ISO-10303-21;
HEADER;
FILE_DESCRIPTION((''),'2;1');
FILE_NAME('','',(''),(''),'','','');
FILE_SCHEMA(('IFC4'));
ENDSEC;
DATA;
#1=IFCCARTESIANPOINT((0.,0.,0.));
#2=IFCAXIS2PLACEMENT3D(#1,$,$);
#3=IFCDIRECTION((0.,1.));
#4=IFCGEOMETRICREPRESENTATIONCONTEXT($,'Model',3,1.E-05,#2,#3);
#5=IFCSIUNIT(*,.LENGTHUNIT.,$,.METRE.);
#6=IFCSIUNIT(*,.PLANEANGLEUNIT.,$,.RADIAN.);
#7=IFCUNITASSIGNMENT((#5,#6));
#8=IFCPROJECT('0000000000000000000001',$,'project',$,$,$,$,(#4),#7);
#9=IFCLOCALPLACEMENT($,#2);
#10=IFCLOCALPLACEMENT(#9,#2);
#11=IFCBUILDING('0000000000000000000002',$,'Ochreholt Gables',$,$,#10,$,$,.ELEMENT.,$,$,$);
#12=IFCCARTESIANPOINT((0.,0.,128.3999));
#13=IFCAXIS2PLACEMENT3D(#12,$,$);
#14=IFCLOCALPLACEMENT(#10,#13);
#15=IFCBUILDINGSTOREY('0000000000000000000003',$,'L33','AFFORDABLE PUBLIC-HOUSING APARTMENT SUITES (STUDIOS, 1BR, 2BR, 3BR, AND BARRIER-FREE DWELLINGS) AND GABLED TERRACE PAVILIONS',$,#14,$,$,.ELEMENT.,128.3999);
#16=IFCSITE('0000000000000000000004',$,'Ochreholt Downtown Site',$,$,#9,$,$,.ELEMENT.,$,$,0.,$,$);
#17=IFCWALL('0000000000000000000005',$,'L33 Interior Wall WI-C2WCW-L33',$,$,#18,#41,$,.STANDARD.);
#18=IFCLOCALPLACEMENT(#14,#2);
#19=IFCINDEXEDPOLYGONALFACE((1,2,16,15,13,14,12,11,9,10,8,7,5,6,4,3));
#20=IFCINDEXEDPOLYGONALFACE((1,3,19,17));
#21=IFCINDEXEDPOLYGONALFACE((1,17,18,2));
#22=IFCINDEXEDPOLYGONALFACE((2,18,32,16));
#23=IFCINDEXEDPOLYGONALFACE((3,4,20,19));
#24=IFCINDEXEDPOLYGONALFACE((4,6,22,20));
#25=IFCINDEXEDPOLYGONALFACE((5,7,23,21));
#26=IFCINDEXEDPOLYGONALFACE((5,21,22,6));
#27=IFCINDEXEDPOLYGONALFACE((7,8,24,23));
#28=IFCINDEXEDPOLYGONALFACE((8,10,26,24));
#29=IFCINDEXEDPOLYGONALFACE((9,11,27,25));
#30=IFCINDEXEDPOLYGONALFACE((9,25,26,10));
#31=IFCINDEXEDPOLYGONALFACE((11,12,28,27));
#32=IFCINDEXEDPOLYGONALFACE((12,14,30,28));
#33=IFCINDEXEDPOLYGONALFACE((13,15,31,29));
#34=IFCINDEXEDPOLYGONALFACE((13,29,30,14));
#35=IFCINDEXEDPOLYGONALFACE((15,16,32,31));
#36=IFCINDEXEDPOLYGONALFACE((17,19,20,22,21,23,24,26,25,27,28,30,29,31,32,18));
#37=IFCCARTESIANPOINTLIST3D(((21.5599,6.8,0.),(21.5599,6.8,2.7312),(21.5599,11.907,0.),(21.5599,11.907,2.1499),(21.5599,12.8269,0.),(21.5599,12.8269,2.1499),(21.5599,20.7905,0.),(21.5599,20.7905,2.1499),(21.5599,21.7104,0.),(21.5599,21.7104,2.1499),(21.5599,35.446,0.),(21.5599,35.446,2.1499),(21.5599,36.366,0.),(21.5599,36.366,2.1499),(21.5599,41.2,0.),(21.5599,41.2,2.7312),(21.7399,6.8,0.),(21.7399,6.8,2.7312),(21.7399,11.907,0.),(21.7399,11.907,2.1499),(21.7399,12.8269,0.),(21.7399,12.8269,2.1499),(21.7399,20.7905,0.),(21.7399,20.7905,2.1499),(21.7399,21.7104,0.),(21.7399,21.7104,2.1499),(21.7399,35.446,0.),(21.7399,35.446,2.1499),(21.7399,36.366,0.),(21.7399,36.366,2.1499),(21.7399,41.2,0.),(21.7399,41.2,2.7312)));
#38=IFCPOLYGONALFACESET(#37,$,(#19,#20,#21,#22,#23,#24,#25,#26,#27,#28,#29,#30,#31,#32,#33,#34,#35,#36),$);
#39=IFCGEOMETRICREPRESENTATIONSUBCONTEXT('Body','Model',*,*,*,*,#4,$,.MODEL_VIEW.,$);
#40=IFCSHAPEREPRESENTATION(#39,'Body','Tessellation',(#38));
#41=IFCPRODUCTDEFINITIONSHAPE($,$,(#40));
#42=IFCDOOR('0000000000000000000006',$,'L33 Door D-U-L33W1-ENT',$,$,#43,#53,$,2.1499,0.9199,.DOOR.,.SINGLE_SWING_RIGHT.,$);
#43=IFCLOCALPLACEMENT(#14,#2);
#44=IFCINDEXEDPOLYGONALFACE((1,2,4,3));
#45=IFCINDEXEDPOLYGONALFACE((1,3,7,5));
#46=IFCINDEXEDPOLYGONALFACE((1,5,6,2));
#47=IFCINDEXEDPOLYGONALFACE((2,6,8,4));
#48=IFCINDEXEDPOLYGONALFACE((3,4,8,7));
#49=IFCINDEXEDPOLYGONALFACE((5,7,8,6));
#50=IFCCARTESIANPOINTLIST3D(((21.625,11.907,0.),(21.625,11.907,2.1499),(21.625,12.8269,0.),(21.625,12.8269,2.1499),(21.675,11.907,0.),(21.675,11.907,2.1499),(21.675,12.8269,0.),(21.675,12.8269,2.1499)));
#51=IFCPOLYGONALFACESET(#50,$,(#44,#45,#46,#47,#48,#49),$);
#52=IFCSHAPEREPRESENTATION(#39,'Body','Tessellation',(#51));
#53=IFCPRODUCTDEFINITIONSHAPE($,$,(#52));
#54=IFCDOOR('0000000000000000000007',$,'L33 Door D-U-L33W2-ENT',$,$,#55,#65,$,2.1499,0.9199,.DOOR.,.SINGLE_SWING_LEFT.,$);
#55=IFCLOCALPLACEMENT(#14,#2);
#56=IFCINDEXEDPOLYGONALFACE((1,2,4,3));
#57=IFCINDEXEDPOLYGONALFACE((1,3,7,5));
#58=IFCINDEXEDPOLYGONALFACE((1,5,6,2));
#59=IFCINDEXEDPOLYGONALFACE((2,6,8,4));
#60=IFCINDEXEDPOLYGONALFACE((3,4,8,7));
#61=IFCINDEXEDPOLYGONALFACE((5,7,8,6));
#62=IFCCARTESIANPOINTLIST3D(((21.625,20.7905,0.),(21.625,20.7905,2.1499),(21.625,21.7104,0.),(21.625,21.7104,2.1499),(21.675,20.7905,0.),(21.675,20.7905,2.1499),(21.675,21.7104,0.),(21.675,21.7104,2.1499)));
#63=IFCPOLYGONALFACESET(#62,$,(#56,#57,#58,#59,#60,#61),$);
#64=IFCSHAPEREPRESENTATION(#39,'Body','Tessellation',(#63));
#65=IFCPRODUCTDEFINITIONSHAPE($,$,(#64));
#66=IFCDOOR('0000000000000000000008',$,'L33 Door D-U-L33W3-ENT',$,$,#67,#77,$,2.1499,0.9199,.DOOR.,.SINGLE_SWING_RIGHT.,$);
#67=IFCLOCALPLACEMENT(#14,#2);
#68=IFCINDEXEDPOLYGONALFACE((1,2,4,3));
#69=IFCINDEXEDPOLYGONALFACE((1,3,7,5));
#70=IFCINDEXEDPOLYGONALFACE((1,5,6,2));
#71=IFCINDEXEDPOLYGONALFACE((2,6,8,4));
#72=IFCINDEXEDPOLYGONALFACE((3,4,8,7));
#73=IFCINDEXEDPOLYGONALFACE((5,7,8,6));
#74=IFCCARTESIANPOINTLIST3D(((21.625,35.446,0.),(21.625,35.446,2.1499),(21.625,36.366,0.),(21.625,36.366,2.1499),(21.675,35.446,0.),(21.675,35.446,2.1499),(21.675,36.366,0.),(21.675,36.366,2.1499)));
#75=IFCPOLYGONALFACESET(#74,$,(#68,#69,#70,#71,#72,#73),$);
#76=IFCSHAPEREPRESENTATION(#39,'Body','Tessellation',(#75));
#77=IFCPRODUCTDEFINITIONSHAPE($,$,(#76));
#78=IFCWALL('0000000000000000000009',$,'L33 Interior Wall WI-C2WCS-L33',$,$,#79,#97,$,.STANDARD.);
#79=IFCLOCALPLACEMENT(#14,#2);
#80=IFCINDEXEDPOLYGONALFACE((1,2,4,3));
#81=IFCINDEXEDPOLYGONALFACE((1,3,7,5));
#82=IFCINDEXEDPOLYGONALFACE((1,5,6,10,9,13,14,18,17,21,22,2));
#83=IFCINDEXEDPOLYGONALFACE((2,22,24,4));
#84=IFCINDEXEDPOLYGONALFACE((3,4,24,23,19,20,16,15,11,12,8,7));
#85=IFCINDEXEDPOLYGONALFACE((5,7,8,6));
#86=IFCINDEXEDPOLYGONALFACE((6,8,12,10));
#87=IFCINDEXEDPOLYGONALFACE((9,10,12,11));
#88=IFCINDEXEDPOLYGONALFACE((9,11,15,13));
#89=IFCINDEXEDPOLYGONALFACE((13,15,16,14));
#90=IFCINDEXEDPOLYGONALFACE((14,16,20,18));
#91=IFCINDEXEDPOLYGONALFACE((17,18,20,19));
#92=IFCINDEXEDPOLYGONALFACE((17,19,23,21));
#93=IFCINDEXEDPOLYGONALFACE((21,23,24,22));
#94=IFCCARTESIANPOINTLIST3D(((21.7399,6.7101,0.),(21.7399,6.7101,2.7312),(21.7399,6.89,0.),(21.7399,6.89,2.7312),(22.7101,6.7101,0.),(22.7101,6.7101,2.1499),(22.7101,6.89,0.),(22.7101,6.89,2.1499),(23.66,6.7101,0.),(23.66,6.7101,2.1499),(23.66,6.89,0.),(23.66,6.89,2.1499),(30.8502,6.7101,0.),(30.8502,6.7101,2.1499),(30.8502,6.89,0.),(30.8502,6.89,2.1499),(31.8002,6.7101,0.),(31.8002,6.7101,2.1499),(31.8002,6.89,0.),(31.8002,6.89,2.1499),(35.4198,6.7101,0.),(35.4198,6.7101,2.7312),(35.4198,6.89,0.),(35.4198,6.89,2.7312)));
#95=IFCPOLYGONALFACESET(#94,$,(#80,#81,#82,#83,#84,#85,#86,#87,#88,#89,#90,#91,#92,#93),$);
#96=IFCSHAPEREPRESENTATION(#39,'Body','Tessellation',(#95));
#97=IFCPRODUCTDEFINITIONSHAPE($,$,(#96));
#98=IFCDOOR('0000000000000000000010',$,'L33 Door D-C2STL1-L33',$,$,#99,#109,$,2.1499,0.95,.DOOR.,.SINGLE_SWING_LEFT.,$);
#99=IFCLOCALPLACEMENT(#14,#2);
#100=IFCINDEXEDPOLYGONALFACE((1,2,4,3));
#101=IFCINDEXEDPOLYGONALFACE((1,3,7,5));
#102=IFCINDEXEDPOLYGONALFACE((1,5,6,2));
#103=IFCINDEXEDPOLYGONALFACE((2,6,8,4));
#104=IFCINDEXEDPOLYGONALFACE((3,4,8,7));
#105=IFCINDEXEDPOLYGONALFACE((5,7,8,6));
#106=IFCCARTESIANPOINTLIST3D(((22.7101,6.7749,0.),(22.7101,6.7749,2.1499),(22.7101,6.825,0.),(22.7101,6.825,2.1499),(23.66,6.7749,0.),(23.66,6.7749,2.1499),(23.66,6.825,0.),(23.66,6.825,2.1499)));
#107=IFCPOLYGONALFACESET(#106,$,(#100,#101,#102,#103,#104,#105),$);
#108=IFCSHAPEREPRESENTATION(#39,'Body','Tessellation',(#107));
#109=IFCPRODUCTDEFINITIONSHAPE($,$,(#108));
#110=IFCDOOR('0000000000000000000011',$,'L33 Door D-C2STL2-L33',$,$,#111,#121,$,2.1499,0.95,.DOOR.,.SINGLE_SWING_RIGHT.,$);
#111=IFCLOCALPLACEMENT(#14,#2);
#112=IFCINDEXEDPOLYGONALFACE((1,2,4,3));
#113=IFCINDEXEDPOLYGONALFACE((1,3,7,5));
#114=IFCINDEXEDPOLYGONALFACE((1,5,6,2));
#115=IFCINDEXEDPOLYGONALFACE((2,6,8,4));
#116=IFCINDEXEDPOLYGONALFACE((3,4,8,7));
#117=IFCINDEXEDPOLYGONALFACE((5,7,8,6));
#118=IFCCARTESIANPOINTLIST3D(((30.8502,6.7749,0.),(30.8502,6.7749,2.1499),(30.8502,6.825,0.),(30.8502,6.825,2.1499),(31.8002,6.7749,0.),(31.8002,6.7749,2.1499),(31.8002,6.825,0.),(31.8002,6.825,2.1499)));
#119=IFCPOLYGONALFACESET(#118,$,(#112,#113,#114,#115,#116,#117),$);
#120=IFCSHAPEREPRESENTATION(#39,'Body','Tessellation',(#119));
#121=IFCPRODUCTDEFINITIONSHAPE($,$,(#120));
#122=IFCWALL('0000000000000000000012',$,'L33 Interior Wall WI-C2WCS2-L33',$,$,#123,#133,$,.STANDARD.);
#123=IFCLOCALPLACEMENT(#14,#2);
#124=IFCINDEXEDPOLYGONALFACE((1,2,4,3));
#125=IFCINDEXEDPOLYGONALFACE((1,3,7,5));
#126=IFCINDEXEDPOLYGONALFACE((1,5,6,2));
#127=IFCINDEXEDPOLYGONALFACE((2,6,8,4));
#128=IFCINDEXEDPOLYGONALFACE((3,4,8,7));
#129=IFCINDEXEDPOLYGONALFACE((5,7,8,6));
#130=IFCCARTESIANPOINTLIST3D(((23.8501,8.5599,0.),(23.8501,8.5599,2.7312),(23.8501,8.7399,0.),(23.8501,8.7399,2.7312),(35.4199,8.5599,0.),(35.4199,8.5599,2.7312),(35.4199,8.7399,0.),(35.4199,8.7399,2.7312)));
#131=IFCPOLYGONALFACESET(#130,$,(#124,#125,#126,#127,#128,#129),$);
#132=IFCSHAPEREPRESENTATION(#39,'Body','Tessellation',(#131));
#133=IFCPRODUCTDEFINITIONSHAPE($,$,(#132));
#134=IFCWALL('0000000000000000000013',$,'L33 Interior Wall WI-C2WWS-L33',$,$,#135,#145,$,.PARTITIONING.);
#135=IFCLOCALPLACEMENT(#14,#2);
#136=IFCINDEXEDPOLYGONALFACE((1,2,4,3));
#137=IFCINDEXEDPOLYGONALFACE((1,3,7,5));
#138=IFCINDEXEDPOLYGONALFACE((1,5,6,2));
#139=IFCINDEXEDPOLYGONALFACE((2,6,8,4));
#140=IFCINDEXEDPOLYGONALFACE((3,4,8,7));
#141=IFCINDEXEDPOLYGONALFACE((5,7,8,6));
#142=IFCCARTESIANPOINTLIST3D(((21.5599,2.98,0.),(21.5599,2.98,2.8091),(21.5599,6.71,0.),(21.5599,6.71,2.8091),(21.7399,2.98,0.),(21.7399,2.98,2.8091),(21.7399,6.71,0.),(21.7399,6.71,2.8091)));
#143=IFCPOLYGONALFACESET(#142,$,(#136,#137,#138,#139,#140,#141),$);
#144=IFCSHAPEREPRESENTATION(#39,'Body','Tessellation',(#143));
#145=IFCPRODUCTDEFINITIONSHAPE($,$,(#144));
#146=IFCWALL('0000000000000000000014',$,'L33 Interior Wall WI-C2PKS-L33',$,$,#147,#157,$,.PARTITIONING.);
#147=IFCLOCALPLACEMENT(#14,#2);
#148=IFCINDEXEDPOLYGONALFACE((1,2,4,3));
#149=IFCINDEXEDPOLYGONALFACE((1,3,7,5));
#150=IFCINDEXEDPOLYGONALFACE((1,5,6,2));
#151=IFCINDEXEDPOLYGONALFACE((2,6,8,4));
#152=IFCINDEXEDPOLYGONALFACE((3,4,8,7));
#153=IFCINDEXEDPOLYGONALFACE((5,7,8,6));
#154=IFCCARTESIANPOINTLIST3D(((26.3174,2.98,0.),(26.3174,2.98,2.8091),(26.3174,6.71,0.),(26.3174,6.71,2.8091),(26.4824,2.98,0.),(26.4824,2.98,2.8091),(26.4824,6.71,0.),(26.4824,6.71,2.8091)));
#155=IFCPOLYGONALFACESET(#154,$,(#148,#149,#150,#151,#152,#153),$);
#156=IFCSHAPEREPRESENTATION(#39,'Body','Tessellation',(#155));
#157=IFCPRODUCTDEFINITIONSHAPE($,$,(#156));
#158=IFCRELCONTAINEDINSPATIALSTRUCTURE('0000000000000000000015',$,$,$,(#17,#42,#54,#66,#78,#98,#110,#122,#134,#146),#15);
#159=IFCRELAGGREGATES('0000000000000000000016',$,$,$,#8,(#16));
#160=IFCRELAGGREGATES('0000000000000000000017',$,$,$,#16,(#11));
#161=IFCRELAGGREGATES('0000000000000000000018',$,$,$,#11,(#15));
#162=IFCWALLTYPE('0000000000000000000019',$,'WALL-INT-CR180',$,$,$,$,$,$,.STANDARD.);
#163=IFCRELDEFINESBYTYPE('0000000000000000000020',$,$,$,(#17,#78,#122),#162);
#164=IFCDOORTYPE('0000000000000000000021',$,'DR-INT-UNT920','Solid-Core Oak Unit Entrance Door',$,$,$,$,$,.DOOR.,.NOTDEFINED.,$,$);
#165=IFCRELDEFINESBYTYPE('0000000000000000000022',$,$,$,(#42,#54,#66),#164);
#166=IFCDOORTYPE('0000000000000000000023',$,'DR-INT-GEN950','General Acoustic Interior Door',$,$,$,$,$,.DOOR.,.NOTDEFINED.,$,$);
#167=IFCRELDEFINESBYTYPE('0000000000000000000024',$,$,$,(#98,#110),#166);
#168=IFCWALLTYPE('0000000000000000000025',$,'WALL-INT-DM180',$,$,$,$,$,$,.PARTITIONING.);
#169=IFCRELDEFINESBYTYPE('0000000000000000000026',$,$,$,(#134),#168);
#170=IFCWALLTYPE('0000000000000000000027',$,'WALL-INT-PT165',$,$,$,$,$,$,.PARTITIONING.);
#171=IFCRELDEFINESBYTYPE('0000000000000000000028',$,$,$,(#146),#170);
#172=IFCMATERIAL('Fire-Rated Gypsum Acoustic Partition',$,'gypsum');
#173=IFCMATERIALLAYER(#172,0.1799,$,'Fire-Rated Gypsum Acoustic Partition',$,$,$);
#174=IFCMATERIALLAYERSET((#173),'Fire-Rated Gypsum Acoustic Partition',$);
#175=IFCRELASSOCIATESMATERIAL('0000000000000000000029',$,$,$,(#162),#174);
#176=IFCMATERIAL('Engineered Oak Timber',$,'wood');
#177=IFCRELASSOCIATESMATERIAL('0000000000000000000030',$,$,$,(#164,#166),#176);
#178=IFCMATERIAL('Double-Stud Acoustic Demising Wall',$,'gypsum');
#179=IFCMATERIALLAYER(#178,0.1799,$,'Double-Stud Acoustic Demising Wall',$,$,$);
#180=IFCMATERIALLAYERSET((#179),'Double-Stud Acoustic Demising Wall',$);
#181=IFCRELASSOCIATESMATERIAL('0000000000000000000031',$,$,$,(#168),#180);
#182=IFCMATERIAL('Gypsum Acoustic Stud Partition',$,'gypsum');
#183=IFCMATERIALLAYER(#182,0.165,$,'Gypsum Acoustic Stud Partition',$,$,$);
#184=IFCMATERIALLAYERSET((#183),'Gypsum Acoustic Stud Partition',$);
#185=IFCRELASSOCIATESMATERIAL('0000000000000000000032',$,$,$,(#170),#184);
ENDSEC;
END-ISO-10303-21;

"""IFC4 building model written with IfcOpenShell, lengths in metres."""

from ifc_helpers import new_model, si_unit, direction, frame, frame_2d, origin, place, context, subcontext, project, spatial, rectangle, extrude, material, layer, layer_set, type_object, element, fill, save


model = new_model("IFC4")

# Units and contexts
model_context = context("Model", 3, precision=1e-05, world=origin(), true_north=direction((0.0, 1.0)))
body_context = subcontext(model_context, "Body", "Model", "MODEL_VIEW")
ifc_project = project(units=[si_unit("LENGTHUNIT", "METRE"), si_unit("PLANEANGLEUNIT", "RADIAN")], contexts=[model_context])

# Site, building, storey
site_placement = place(None, origin())
site = spatial("IfcSite", under=ifc_project, at=site_placement, Name="Ochreholt Downtown Site", CompositionType="ELEMENT", RefElevation=0.0)
building_placement = place(site_placement, origin())
building = spatial("IfcBuilding", under=site, at=building_placement, Name="Ochreholt Gables", CompositionType="ELEMENT")
storey_placement = place(building_placement, frame((0.0, 0.0, 128.3999)))
storey = spatial("IfcBuildingStorey", under=building, at=storey_placement, Name="L33", Description="AFFORDABLE PUBLIC-HOUSING APARTMENT SUITES (STUDIOS, 1BR, 2BR, 3BR, AND BARRIER-FREE DWELLINGS) AND GABLED TERRACE PAVILIONS", CompositionType="ELEMENT", Elevation=128.3999)

# Walls, openings, doors
ifc_material_1 = material(Name="Fire-Rated Gypsum Acoustic Partition", Category="gypsum")
ifc_layer_1 = layer(ifc_material_1, 0.1799, Name="Fire-Rated Gypsum Acoustic Partition")
ifc_layer_set_1 = layer_set([ifc_layer_1], Name="Fire-Rated Gypsum Acoustic Partition")
wall_type_1 = type_object("IfcWallType", Name="WALL-INT-CR180", PredefinedType="STANDARD", material=ifc_layer_set_1)
wall_1_placement = place(storey_placement, frame((21.6499, 6.8, 0.0), z_axis=(0.0, 0.0, 1.0), x_axis=(0.0, 1.0, 0.0)))
wall_1 = element("IfcWall", 1, at=wall_1_placement, inside=storey, type_object=wall_type_1, Name="L33 Interior Wall WI-C2WCW-L33", PredefinedType="STANDARD", context=body_context, shape_type="SweptSolid", body=[
    extrude(rectangle(XDim=34.3999, YDim=0.1799, at=frame_2d((17.2, 0.0))), origin(), (0.0, 0.0, 1.0), 2.7312),
])
opening_1_placement = place(wall_1_placement, frame((5.1069, 0.0, 0.0)))
opening_1 = element("IfcOpeningElement", 2, at=opening_1_placement, cuts=wall_1, PredefinedType="OPENING", context=body_context, shape_type="SweptSolid", body=[
    extrude(rectangle(XDim=0.9199, YDim=2.1499, at=frame_2d((0.46, 1.075))), frame((0.0, 0.0999, 0.0), z_axis=(0.0, -1.0, 0.0), x_axis=(1.0, 0.0, 0.0)), (0.0, 0.0, 1.0), 0.2),
])
opening_2_placement = place(wall_1_placement, frame((13.9905, 0.0, 0.0)))
opening_2 = element("IfcOpeningElement", 3, at=opening_2_placement, cuts=wall_1, PredefinedType="OPENING", context=body_context, shape_type="SweptSolid", body=[
    extrude(rectangle(XDim=0.9199, YDim=2.1499, at=frame_2d((0.46, 1.075))), frame((0.0, 0.0999, 0.0), z_axis=(0.0, -1.0, 0.0), x_axis=(1.0, 0.0, 0.0)), (0.0, 0.0, 1.0), 0.2),
])
opening_3_placement = place(wall_1_placement, frame((28.646, 0.0, 0.0)))
opening_3 = element("IfcOpeningElement", 4, at=opening_3_placement, cuts=wall_1, PredefinedType="OPENING", context=body_context, shape_type="SweptSolid", body=[
    extrude(rectangle(XDim=0.9199, YDim=2.1499, at=frame_2d((0.46, 1.075))), frame((0.0, 0.0999, 0.0), z_axis=(0.0, -1.0, 0.0), x_axis=(1.0, 0.0, 0.0)), (0.0, 0.0, 1.0), 0.2),
])
ifc_material_2 = material(Name="Engineered Oak Timber", Category="wood")
door_type_1 = type_object("IfcDoorType", Name="DR-INT-UNT920", Description="Solid-Core Oak Unit Entrance Door", OperationType="NOTDEFINED", PredefinedType="DOOR", material=ifc_material_2)
door_1_placement = place(opening_1_placement, origin())
door_1 = element("IfcDoor", 5, at=door_1_placement, inside=storey, type_object=door_type_1, Name="L33 Door D-U-L33W1-ENT", OperationType="SINGLE_SWING_RIGHT", OverallHeight=2.1499, OverallWidth=0.9199, PredefinedType="DOOR", context=body_context, shape_type="SweptSolid", body=[
    extrude(rectangle(XDim=0.9199, YDim=2.1499, at=frame_2d((0.46, 1.075))), frame((0.0, 0.0249, 0.0), z_axis=(0.0, -1.0, 0.0), x_axis=(1.0, 0.0, 0.0)), (0.0, 0.0, 1.0), 0.05),
])
fill(opening_1, door_1)
door_2_placement = place(opening_2_placement, origin())
door_2 = element("IfcDoor", 6, at=door_2_placement, inside=storey, type_object=door_type_1, Name="L33 Door D-U-L33W2-ENT", OperationType="SINGLE_SWING_LEFT", OverallHeight=2.1499, OverallWidth=0.9199, PredefinedType="DOOR", context=body_context, shape_type="SweptSolid", body=[
    extrude(rectangle(XDim=0.9199, YDim=2.1499, at=frame_2d((0.46, 1.075))), frame((0.0, 0.0249, 0.0), z_axis=(0.0, -1.0, 0.0), x_axis=(1.0, 0.0, 0.0)), (0.0, 0.0, 1.0), 0.05),
])
fill(opening_2, door_2)
door_3_placement = place(opening_3_placement, origin())
door_3 = element("IfcDoor", 7, at=door_3_placement, inside=storey, type_object=door_type_1, Name="L33 Door D-U-L33W3-ENT", OperationType="SINGLE_SWING_RIGHT", OverallHeight=2.1499, OverallWidth=0.9199, PredefinedType="DOOR", context=body_context, shape_type="SweptSolid", body=[
    extrude(rectangle(XDim=0.9199, YDim=2.1499, at=frame_2d((0.46, 1.075))), frame((0.0, 0.0249, 0.0), z_axis=(0.0, -1.0, 0.0), x_axis=(1.0, 0.0, 0.0)), (0.0, 0.0, 1.0), 0.05),
])
fill(opening_3, door_3)
wall_2_placement = place(storey_placement, frame((21.74, 6.8, 0.0), z_axis=(0.0, 0.0, 1.0), x_axis=(1.0, 0.0, 0.0)))
wall_2 = element("IfcWall", 8, at=wall_2_placement, inside=storey, type_object=wall_type_1, Name="L33 Interior Wall WI-C2WCS-L33", PredefinedType="STANDARD", context=body_context, shape_type="SweptSolid", body=[
    extrude(rectangle(XDim=13.6799, YDim=0.1799, at=frame_2d((6.8398, 0.0))), origin(), (0.0, 0.0, 1.0), 2.7312),
])
opening_4_placement = place(wall_2_placement, frame((0.97, 0.0, 0.0)))
opening_4 = element("IfcOpeningElement", 9, at=opening_4_placement, cuts=wall_2, PredefinedType="OPENING", context=body_context, shape_type="SweptSolid", body=[
    extrude(rectangle(XDim=0.95, YDim=2.1499, at=frame_2d((0.4751, 1.075))), frame((0.0, 0.0999, 0.0), z_axis=(0.0, -1.0, 0.0), x_axis=(1.0, 0.0, 0.0)), (0.0, 0.0, 1.0), 0.2),
])
opening_5_placement = place(wall_2_placement, frame((9.1101, 0.0, 0.0)))
opening_5 = element("IfcOpeningElement", 10, at=opening_5_placement, cuts=wall_2, PredefinedType="OPENING", context=body_context, shape_type="SweptSolid", body=[
    extrude(rectangle(XDim=0.95, YDim=2.1499, at=frame_2d((0.4751, 1.075))), frame((0.0, 0.0999, 0.0), z_axis=(0.0, -1.0, 0.0), x_axis=(1.0, 0.0, 0.0)), (0.0, 0.0, 1.0), 0.2),
])
door_type_2 = type_object("IfcDoorType", Name="DR-INT-GEN950", Description="General Acoustic Interior Door", OperationType="NOTDEFINED", PredefinedType="DOOR", material=ifc_material_2)
door_4_placement = place(opening_4_placement, origin())
door_4 = element("IfcDoor", 11, at=door_4_placement, inside=storey, type_object=door_type_2, Name="L33 Door D-C2STL1-L33", OperationType="SINGLE_SWING_LEFT", OverallHeight=2.1499, OverallWidth=0.95, PredefinedType="DOOR", context=body_context, shape_type="SweptSolid", body=[
    extrude(rectangle(XDim=0.95, YDim=2.1499, at=frame_2d((0.4751, 1.075))), frame((0.0, 0.0249, 0.0), z_axis=(0.0, -1.0, 0.0), x_axis=(1.0, 0.0, 0.0)), (0.0, 0.0, 1.0), 0.05),
])
fill(opening_4, door_4)
door_5_placement = place(opening_5_placement, origin())
door_5 = element("IfcDoor", 12, at=door_5_placement, inside=storey, type_object=door_type_2, Name="L33 Door D-C2STL2-L33", OperationType="SINGLE_SWING_RIGHT", OverallHeight=2.1499, OverallWidth=0.95, PredefinedType="DOOR", context=body_context, shape_type="SweptSolid", body=[
    extrude(rectangle(XDim=0.95, YDim=2.1499, at=frame_2d((0.4751, 1.075))), frame((0.0, 0.0249, 0.0), z_axis=(0.0, -1.0, 0.0), x_axis=(1.0, 0.0, 0.0)), (0.0, 0.0, 1.0), 0.05),
])
fill(opening_5, door_5)

# Walls
wall_3_placement = place(storey_placement, frame((23.8501, 8.6499, 0.0), z_axis=(0.0, 0.0, 1.0), x_axis=(1.0, 0.0, 0.0)))
element("IfcWall", 13, at=wall_3_placement, inside=storey, type_object=wall_type_1, Name="L33 Interior Wall WI-C2WCS2-L33", PredefinedType="STANDARD", context=body_context, shape_type="SweptSolid", body=[
    extrude(rectangle(XDim=11.5698, YDim=0.1799, at=frame_2d((5.7849, 0.0))), origin(), (0.0, 0.0, 1.0), 2.7312),
])
ifc_material_3 = material(Name="Double-Stud Acoustic Demising Wall", Category="gypsum")
ifc_layer_2 = layer(ifc_material_3, 0.1799, Name="Double-Stud Acoustic Demising Wall")
ifc_layer_set_2 = layer_set([ifc_layer_2], Name="Double-Stud Acoustic Demising Wall")
wall_type_2 = type_object("IfcWallType", Name="WALL-INT-DM180", PredefinedType="PARTITIONING", material=ifc_layer_set_2)
wall_4_placement = place(storey_placement, frame((21.6499, 2.98, 0.0), z_axis=(0.0, 0.0, 1.0), x_axis=(0.0, 1.0, 0.0)))
element("IfcWall", 14, at=wall_4_placement, inside=storey, type_object=wall_type_2, Name="L33 Interior Wall WI-C2WWS-L33", PredefinedType="PARTITIONING", context=body_context, shape_type="SweptSolid", body=[
    extrude(rectangle(XDim=3.73, YDim=0.1799, at=frame_2d((1.865, 0.0))), origin(), (0.0, 0.0, 1.0), 2.8091),
])
ifc_material_4 = material(Name="Gypsum Acoustic Stud Partition", Category="gypsum")
ifc_layer_3 = layer(ifc_material_4, 0.165, Name="Gypsum Acoustic Stud Partition")
ifc_layer_set_3 = layer_set([ifc_layer_3], Name="Gypsum Acoustic Stud Partition")
wall_type_3 = type_object("IfcWallType", Name="WALL-INT-PT165", PredefinedType="PARTITIONING", material=ifc_layer_set_3)
wall_5_placement = place(storey_placement, frame((26.3999, 2.98, 0.0), z_axis=(0.0, 0.0, 1.0), x_axis=(0.0, 1.0, 0.0)))
element("IfcWall", 15, at=wall_5_placement, inside=storey, type_object=wall_type_3, Name="L33 Interior Wall WI-C2PKS-L33", PredefinedType="PARTITIONING", context=body_context, shape_type="SweptSolid", body=[
    extrude(rectangle(XDim=3.73, YDim=0.165, at=frame_2d((1.865, 0.0))), origin(), (0.0, 0.0, 1.0), 2.8091),
])

save(model, "model.ifc")
